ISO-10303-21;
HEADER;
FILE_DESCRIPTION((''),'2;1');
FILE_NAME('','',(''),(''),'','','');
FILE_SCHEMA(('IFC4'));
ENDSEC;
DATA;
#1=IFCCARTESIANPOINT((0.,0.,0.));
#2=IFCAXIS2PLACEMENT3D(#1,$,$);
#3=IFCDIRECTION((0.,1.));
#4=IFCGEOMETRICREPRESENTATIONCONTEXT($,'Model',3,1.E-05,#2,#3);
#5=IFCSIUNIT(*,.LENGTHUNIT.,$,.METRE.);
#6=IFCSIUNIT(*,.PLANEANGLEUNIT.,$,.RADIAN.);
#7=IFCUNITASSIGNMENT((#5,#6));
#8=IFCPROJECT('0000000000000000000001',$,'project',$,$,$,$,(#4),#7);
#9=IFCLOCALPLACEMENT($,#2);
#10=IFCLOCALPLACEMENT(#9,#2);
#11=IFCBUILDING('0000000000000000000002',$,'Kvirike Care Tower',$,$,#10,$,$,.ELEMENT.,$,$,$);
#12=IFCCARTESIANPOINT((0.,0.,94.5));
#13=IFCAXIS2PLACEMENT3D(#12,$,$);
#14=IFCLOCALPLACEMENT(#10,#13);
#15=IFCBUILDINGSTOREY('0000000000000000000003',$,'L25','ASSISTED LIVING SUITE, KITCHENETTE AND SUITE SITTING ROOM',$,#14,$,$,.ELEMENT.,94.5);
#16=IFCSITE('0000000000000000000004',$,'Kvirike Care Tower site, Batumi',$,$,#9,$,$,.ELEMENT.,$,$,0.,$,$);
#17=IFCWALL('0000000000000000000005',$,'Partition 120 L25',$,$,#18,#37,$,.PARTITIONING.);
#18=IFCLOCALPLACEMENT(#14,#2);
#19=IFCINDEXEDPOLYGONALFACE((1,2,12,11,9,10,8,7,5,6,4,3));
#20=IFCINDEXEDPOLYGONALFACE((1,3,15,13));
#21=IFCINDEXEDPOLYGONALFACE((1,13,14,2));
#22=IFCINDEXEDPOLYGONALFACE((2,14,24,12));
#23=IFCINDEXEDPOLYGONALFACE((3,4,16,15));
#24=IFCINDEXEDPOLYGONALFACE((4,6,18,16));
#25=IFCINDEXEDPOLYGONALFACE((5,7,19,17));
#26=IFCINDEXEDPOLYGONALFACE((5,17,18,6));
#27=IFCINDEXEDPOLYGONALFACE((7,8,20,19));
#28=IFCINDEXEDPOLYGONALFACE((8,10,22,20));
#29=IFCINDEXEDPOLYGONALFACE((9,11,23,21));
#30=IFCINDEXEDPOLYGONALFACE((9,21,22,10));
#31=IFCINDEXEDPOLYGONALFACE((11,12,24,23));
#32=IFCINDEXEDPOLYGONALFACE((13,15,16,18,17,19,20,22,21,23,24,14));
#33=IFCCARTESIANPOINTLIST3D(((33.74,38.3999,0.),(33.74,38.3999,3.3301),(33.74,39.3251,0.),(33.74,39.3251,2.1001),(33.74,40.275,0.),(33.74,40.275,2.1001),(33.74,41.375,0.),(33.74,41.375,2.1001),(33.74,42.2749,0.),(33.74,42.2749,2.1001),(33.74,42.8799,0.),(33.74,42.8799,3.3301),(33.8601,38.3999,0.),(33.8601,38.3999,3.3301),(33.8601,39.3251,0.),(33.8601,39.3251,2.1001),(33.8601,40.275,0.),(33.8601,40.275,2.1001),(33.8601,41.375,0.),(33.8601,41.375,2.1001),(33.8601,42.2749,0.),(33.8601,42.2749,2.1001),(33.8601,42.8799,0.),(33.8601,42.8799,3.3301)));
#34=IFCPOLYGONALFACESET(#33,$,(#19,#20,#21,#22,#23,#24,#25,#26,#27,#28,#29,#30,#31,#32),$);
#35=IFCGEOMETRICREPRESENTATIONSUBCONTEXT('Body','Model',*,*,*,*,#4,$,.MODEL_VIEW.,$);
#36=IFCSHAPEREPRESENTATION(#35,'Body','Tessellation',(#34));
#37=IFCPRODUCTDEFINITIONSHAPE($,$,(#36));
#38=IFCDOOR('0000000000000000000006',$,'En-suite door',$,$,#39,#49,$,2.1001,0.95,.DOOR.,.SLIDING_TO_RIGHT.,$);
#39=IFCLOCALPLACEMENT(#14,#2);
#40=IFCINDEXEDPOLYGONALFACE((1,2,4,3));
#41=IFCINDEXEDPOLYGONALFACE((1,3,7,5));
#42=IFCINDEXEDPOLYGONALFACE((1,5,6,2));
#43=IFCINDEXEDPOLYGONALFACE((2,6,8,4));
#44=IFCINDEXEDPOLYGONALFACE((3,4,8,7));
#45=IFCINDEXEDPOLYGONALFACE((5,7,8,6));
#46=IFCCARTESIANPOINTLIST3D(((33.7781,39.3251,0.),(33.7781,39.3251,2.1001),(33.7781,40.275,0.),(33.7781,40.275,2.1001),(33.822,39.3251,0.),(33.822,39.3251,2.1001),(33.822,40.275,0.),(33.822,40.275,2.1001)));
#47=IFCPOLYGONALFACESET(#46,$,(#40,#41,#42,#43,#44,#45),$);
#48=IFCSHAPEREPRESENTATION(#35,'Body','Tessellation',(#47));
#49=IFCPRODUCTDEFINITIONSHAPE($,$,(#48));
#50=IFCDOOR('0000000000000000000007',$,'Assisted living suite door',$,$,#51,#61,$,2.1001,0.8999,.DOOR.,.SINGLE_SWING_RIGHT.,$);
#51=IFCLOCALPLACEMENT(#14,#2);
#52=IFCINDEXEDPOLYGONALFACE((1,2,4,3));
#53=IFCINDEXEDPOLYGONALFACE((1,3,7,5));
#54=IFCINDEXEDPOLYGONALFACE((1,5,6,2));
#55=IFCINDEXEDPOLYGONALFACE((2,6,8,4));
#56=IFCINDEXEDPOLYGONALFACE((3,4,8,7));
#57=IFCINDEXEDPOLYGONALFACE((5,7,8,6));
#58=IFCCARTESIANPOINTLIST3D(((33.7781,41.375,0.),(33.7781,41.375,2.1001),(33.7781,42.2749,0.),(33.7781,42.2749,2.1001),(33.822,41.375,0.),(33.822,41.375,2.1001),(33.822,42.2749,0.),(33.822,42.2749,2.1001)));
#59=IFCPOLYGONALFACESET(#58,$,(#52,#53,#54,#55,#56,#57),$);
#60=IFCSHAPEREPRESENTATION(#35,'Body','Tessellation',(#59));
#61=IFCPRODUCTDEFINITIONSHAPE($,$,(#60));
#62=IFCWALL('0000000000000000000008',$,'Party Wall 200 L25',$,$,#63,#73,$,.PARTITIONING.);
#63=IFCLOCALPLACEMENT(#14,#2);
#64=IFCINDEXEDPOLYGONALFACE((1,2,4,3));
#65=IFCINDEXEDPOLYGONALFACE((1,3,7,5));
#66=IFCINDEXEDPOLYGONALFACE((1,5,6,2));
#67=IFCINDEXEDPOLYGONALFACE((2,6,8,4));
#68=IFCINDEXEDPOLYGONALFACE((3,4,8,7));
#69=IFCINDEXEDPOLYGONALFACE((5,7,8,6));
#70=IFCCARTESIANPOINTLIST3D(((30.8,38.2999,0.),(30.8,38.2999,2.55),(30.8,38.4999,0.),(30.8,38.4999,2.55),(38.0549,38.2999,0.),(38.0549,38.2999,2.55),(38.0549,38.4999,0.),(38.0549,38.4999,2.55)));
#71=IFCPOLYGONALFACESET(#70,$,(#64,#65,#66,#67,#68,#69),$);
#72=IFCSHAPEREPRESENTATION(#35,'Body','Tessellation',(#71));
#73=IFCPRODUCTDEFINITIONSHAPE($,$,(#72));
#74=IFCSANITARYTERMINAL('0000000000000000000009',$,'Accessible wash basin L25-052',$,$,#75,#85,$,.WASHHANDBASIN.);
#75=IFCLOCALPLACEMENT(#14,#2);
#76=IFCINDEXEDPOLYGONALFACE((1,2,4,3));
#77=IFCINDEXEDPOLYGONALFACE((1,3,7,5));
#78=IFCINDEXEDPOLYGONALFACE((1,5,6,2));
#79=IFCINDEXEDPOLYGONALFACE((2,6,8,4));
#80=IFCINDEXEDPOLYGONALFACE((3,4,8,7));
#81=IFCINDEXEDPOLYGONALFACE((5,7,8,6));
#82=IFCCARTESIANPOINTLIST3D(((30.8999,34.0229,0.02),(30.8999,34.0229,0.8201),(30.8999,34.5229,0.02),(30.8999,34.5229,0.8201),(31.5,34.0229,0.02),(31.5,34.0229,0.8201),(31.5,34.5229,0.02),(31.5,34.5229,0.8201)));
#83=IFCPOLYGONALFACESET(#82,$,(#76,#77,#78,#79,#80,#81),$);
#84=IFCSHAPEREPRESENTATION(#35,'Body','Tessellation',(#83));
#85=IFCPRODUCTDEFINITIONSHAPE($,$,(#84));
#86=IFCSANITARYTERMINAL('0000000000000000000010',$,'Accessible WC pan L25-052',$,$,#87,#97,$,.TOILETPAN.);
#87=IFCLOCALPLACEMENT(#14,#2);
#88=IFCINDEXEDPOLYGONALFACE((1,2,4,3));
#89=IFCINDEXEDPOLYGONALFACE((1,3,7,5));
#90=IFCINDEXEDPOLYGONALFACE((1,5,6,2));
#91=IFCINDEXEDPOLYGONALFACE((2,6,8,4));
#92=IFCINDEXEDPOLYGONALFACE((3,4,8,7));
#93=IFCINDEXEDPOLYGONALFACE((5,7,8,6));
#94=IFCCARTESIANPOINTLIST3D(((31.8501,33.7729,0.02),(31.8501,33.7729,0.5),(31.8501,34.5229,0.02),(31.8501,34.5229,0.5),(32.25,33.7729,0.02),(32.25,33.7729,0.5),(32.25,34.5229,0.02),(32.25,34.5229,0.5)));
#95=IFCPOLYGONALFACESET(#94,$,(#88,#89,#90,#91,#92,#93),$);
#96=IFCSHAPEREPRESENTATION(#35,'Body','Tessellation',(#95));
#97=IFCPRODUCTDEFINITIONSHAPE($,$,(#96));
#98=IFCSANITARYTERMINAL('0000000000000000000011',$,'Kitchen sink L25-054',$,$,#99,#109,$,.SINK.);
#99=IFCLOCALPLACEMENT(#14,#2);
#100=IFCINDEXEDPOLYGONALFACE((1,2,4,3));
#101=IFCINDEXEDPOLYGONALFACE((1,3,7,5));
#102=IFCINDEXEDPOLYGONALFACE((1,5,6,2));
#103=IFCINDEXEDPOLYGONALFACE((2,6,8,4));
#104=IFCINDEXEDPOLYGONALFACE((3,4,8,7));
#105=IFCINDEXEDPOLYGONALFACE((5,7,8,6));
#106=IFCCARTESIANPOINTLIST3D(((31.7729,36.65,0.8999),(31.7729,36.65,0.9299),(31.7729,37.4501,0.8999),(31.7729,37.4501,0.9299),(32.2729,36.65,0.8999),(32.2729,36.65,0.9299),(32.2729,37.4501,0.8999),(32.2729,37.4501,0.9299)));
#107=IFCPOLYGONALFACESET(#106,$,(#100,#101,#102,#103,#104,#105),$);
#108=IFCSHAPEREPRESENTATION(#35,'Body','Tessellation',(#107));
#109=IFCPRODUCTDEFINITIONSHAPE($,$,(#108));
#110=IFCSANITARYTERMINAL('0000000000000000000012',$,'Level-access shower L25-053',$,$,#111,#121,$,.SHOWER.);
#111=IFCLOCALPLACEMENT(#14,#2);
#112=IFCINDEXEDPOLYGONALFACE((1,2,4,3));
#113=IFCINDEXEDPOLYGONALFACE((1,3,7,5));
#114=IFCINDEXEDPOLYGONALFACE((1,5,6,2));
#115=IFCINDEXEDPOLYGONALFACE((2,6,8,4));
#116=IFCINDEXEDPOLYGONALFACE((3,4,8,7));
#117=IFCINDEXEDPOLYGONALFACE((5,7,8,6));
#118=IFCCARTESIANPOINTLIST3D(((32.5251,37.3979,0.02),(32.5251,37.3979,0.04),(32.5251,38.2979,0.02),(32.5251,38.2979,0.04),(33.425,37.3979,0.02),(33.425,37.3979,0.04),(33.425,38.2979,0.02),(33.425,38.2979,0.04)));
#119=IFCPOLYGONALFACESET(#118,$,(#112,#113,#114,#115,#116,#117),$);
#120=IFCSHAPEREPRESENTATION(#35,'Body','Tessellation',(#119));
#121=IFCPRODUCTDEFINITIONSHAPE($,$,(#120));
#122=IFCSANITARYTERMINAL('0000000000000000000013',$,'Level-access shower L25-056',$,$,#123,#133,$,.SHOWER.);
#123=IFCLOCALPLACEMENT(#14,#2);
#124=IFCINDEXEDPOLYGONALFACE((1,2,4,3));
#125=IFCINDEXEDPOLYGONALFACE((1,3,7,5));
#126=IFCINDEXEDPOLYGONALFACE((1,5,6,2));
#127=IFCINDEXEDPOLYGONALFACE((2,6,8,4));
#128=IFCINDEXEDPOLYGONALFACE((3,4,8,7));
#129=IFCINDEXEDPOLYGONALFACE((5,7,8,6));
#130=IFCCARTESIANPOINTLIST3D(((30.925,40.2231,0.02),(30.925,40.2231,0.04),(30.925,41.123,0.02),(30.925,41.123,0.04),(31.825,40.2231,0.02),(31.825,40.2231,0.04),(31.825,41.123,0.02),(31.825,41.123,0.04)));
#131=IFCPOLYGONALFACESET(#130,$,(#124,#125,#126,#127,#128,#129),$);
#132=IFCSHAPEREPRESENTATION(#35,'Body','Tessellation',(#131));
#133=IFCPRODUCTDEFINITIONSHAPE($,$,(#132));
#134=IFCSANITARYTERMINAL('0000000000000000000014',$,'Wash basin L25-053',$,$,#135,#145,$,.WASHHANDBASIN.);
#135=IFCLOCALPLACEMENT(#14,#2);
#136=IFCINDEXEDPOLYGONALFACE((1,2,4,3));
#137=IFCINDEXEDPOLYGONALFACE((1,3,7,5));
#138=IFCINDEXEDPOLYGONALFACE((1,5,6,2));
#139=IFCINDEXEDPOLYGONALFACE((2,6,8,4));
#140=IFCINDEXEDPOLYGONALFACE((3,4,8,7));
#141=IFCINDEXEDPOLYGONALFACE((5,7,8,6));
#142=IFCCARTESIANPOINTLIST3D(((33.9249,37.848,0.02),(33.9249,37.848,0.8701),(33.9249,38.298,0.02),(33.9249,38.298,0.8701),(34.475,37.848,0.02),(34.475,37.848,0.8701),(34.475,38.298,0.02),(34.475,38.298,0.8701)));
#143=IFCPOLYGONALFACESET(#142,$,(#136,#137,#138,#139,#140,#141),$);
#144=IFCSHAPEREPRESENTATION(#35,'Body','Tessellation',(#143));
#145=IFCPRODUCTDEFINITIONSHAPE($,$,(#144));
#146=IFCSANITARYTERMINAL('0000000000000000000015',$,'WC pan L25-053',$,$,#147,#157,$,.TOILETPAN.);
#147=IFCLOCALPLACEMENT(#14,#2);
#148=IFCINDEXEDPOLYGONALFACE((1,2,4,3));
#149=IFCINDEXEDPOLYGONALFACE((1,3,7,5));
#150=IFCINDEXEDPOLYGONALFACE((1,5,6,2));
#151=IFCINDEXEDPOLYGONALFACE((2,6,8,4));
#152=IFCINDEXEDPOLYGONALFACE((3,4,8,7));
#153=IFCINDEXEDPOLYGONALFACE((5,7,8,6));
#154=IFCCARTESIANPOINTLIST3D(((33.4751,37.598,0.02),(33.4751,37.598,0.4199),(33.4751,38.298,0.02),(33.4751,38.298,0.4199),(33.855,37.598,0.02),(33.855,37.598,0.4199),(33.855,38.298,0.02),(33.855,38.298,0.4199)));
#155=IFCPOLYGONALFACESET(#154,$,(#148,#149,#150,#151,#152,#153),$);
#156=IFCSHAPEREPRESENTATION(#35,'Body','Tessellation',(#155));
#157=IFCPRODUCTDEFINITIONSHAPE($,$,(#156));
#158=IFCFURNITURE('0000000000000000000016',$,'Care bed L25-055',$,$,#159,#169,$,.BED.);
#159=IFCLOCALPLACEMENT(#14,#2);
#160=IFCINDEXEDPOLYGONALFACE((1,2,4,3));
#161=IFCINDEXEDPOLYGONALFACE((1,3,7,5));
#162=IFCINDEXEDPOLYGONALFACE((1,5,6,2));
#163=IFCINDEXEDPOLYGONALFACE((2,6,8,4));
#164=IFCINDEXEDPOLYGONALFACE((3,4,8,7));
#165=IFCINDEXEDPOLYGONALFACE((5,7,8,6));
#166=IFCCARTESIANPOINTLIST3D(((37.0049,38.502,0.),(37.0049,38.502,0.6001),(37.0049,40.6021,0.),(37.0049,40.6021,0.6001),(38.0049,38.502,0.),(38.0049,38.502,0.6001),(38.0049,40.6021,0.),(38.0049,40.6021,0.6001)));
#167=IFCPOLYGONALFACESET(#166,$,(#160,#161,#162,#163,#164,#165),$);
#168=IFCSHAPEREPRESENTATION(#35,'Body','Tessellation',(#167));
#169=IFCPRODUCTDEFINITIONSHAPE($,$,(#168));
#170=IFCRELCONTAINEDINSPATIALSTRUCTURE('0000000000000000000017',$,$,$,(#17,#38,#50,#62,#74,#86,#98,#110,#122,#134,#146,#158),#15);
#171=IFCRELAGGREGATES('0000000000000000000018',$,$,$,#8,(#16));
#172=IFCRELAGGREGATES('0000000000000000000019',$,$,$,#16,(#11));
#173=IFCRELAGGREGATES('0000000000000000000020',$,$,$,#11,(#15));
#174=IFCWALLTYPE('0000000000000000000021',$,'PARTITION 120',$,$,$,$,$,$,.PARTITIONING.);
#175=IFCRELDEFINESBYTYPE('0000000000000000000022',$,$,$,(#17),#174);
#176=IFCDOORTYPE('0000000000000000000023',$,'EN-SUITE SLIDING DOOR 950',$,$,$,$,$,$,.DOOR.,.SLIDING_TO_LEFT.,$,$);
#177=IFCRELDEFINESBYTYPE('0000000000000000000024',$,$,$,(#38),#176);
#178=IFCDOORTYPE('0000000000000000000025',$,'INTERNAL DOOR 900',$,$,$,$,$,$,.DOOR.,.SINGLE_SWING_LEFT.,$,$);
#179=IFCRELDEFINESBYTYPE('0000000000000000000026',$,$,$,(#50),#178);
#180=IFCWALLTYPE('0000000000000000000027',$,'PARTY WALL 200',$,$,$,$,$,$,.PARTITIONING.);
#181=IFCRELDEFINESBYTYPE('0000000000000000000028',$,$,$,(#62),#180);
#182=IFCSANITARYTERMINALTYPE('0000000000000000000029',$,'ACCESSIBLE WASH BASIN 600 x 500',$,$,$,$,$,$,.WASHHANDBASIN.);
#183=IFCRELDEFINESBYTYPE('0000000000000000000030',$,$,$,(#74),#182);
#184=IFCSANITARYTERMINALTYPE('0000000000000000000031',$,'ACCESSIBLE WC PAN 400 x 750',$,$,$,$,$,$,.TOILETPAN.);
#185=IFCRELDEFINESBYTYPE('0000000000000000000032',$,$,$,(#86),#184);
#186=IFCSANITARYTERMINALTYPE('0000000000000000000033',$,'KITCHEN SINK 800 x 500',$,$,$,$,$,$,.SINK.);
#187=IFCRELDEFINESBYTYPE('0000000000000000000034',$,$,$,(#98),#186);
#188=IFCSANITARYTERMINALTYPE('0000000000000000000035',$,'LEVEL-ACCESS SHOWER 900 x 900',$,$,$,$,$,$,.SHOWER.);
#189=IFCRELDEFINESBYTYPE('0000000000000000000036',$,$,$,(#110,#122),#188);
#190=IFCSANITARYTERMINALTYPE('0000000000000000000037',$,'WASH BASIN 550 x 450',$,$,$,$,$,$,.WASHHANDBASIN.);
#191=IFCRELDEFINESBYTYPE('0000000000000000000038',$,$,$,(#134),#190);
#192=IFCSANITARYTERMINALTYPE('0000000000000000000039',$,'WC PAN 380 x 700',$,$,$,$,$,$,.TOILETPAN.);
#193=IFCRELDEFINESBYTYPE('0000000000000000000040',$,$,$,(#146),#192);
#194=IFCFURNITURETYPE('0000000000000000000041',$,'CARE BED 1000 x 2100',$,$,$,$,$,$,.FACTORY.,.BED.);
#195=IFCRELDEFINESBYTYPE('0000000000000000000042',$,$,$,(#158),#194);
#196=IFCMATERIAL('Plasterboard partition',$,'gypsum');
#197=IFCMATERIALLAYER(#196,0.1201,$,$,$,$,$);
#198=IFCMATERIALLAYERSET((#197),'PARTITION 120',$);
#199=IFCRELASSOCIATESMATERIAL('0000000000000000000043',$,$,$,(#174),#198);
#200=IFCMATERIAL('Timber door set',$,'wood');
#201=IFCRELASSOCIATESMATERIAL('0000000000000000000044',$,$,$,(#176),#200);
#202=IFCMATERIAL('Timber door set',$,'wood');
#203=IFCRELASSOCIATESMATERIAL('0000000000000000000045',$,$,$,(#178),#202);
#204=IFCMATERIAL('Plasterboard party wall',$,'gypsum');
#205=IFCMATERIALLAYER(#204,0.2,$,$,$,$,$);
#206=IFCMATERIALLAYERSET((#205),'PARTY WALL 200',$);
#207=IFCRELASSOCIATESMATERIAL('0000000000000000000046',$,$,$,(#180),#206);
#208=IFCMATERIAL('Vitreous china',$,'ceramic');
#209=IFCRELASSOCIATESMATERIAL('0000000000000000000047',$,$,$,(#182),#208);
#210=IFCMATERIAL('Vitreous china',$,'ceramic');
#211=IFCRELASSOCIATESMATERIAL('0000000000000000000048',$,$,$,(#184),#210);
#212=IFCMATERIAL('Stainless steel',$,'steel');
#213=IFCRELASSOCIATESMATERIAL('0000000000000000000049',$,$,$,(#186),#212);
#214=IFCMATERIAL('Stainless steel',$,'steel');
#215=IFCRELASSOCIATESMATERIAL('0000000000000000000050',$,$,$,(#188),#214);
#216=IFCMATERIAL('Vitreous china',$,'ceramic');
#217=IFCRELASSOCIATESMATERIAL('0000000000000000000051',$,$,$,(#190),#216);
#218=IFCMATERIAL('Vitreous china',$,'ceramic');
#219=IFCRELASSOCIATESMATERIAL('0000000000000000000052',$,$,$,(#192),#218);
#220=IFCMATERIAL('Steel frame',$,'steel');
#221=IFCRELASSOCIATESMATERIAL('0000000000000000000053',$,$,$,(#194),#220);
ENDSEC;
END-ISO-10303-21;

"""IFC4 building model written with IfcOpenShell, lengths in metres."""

from ifc_helpers import new_model, si_unit, direction, frame, frame_2d, origin, origin_2d, place, context, subcontext, project, spatial, rectangle, extrude, material, layer, layer_set, type_object, element, fill, save


model = new_model("IFC4")

# Units and contexts
model_context = context("Model", 3, precision=1e-05, world=origin(), true_north=direction((0.0, 1.0)))
body_context = subcontext(model_context, "Body", "Model", "MODEL_VIEW")
ifc_project = project(units=[si_unit("LENGTHUNIT", "METRE"), si_unit("PLANEANGLEUNIT", "RADIAN")], contexts=[model_context])

# Site, building, storey
site_placement = place(None, origin())
site = spatial("IfcSite", under=ifc_project, at=site_placement, Name="Kvirike Care Tower site, Batumi", CompositionType="ELEMENT", RefElevation=0.0)
building_placement = place(site_placement, origin())
building = spatial("IfcBuilding", under=site, at=building_placement, Name="Kvirike Care Tower", CompositionType="ELEMENT")
storey_placement = place(building_placement, frame((0.0, 0.0, 94.5)))
storey = spatial("IfcBuildingStorey", under=building, at=storey_placement, Name="L25", Description="ASSISTED LIVING SUITE, KITCHENETTE AND SUITE SITTING ROOM", CompositionType="ELEMENT", Elevation=94.5)

# Wall, openings, doors
ifc_material_1 = material(Name="Plasterboard partition", Category="gypsum")
ifc_layer_1 = layer(ifc_material_1, 0.1201)
ifc_layer_set_1 = layer_set([ifc_layer_1], Name="PARTITION 120")
wall_type_1 = type_object("IfcWallType", Name="PARTITION 120", PredefinedType="PARTITIONING", material=ifc_layer_set_1)
ifc_material_2 = material(Name="Timber door set", Category="wood")
door_type_1 = type_object("IfcDoorType", Name="EN-SUITE SLIDING DOOR 950", OperationType="SLIDING_TO_LEFT", PredefinedType="DOOR", material=ifc_material_2)
ifc_material_3 = material(Name="Timber door set", Category="wood")
door_type_2 = type_object("IfcDoorType", Name="INTERNAL DOOR 900", OperationType="SINGLE_SWING_LEFT", PredefinedType="DOOR", material=ifc_material_3)
wall_1_placement = place(storey_placement, frame((33.8, 38.3999, 0.0), z_axis=(0.0, 0.0, 1.0), x_axis=(0.0, 1.0, 0.0)))
wall_1 = element("IfcWall", 1, at=wall_1_placement, inside=storey, type_object=wall_type_1, Name="Partition 120 L25", PredefinedType="PARTITIONING", context=body_context, shape_type="SweptSolid", body=[
    extrude(rectangle(XDim=4.48, YDim=0.1201, at=frame_2d((2.24, 0.0))), origin(), (0.0, 0.0, 1.0), 3.3301),
])
opening_1_placement = place(wall_1_placement, frame((2.9751, 0.0, 0.0)))
opening_1 = element("IfcOpeningElement", 2, at=opening_1_placement, cuts=wall_1, PredefinedType="OPENING", context=body_context, shape_type="SweptSolid", body=[
    extrude(rectangle(XDim=0.8999, YDim=2.1001, at=frame_2d((0.45, 1.05))), frame((0.0, 0.0706, 0.0), z_axis=(0.0, -1.0, 0.0), x_axis=(1.0, 0.0, 0.0)), (0.0, 0.0, 1.0), 0.1411),
])
opening_2_placement = place(wall_1_placement, frame((0.925, 0.0, 0.0)))
opening_2 = element("IfcOpeningElement", 3, at=opening_2_placement, cuts=wall_1, PredefinedType="OPENING", context=body_context, shape_type="SweptSolid", body=[
    extrude(rectangle(XDim=0.95, YDim=2.1001, at=frame_2d((0.4751, 1.05))), frame((0.0, 0.0706, 0.0), z_axis=(0.0, -1.0, 0.0), x_axis=(1.0, 0.0, 0.0)), (0.0, 0.0, 1.0), 0.1411),
])
door_1_placement = place(opening_2_placement, origin())
door_1 = element("IfcDoor", 4, at=door_1_placement, inside=storey, type_object=door_type_1, Name="En-suite door", OperationType="SLIDING_TO_RIGHT", OverallHeight=2.1001, OverallWidth=0.95, PredefinedType="DOOR", context=body_context, shape_type="SweptSolid", body=[
    extrude(rectangle(XDim=0.95, YDim=2.1001, at=frame_2d((0.4751, 1.05))), frame((0.0, 0.022, 0.0), z_axis=(0.0, -1.0, 0.0), x_axis=(1.0, 0.0, 0.0)), (0.0, 0.0, 1.0), 0.0439),
])
fill(opening_2, door_1)
door_2_placement = place(opening_1_placement, origin())
door_2 = element("IfcDoor", 5, at=door_2_placement, inside=storey, type_object=door_type_2, Name="Assisted living suite door", OperationType="SINGLE_SWING_RIGHT", OverallHeight=2.1001, OverallWidth=0.8999, PredefinedType="DOOR", context=body_context, shape_type="SweptSolid", body=[
    extrude(rectangle(XDim=0.8999, YDim=2.1001, at=frame_2d((0.45, 1.05))), frame((0.0, 0.022, 0.0), z_axis=(0.0, -1.0, 0.0), x_axis=(1.0, 0.0, 0.0)), (0.0, 0.0, 1.0), 0.0439),
])
fill(opening_1, door_2)

# Wall
ifc_material_4 = material(Name="Plasterboard party wall", Category="gypsum")
ifc_layer_2 = layer(ifc_material_4, 0.2)
ifc_layer_set_2 = layer_set([ifc_layer_2], Name="PARTY WALL 200")
wall_type_2 = type_object("IfcWallType", Name="PARTY WALL 200", PredefinedType="PARTITIONING", material=ifc_layer_set_2)
wall_2_placement = place(storey_placement, frame((38.0549, 38.3999, 0.0), z_axis=(0.0, 0.0, 1.0), x_axis=(-1.0, 0.0, 0.0)))
element("IfcWall", 6, at=wall_2_placement, inside=storey, type_object=wall_type_2, Name="Party Wall 200 L25", PredefinedType="PARTITIONING", context=body_context, shape_type="SweptSolid", body=[
    extrude(rectangle(XDim=7.2549, YDim=0.2, at=frame_2d((3.6274, 0.0))), origin(), (0.0, 0.0, 1.0), 2.55),
])

# Sanitary terminals
ifc_material_5 = material(Name="Vitreous china", Category="ceramic")
sanitary_terminal_type_1 = type_object("IfcSanitaryTerminalType", Name="ACCESSIBLE WASH BASIN 600 x 500", PredefinedType="WASHHANDBASIN", material=ifc_material_5)
sanitary_terminal_1_placement = place(storey_placement, frame((31.2, 34.2729, 0.02), z_axis=(0.0, 0.0, 1.0), x_axis=(1.0, 0.0, 0.0)))
element("IfcSanitaryTerminal", 7, at=sanitary_terminal_1_placement, inside=storey, type_object=sanitary_terminal_type_1, Name="Accessible wash basin L25-052", PredefinedType="WASHHANDBASIN", context=body_context, shape_type="SweptSolid", body=[
    extrude(rectangle(XDim=0.6001, YDim=0.5, at=origin_2d()), origin(), (0.0, 0.0, 1.0), 0.8),
])
ifc_material_6 = material(Name="Vitreous china", Category="ceramic")
sanitary_terminal_type_2 = type_object("IfcSanitaryTerminalType", Name="ACCESSIBLE WC PAN 400 x 750", PredefinedType="TOILETPAN", material=ifc_material_6)
sanitary_terminal_2_placement = place(storey_placement, frame((32.05, 34.1479, 0.02), z_axis=(0.0, 0.0, 1.0), x_axis=(1.0, 0.0, 0.0)))
element("IfcSanitaryTerminal", 8, at=sanitary_terminal_2_placement, inside=storey, type_object=sanitary_terminal_type_2, Name="Accessible WC pan L25-052", PredefinedType="TOILETPAN", context=body_context, shape_type="SweptSolid", body=[
    extrude(rectangle(XDim=0.3999, YDim=0.75, at=origin_2d()), origin(), (0.0, 0.0, 1.0), 0.48),
])
ifc_material_7 = material(Name="Stainless steel", Category="steel")
sanitary_terminal_type_3 = type_object("IfcSanitaryTerminalType", Name="KITCHEN SINK 800 x 500", PredefinedType="SINK", material=ifc_material_7)
sanitary_terminal_3_placement = place(storey_placement, frame((32.0229, 37.05, 0.8999), z_axis=(0.0, 0.0, 1.0), x_axis=(0.0, -1.0, 0.0)))
element("IfcSanitaryTerminal", 9, at=sanitary_terminal_3_placement, inside=storey, type_object=sanitary_terminal_type_3, Name="Kitchen sink L25-054", PredefinedType="SINK", context=body_context, shape_type="SweptSolid", body=[
    extrude(rectangle(XDim=0.8, YDim=0.5, at=origin_2d()), origin(), (0.0, 0.0, 1.0), 0.03),
])
ifc_material_8 = material(Name="Stainless steel", Category="steel")
sanitary_terminal_type_4 = type_object("IfcSanitaryTerminalType", Name="LEVEL-ACCESS SHOWER 900 x 900", PredefinedType="SHOWER", material=ifc_material_8)
for number, where, z_axis, x_axis, name in (
    (10, (32.9751, 37.8479, 0.02), (0.0, 0.0, 1.0), (1.0, 0.0, 0.0), "Level-access shower L25-053"),
    (11, (31.375, 40.6731, 0.02), (0.0, 0.0, 1.0), (1.0, 0.0, 0.0), "Level-access shower L25-056"),
):
    element("IfcSanitaryTerminal", number, at=place(storey_placement, frame(where, z_axis=z_axis, x_axis=x_axis)), inside=storey, type_object=sanitary_terminal_type_4, Name=name, PredefinedType="SHOWER", context=body_context, shape_type="SweptSolid", body=[
        extrude(rectangle(XDim=0.8999, YDim=0.8999, at=origin_2d()), origin(), (0.0, 0.0, 1.0), 0.02),
    ])
ifc_material_9 = material(Name="Vitreous china", Category="ceramic")
sanitary_terminal_type_5 = type_object("IfcSanitaryTerminalType", Name="WASH BASIN 550 x 450", PredefinedType="WASHHANDBASIN", material=ifc_material_9)
sanitary_terminal_4_placement = place(storey_placement, frame((34.2, 38.073, 0.02), z_axis=(0.0, 0.0, 1.0), x_axis=(1.0, 0.0, 0.0)))
element("IfcSanitaryTerminal", 12, at=sanitary_terminal_4_placement, inside=storey, type_object=sanitary_terminal_type_5, Name="Wash basin L25-053", PredefinedType="WASHHANDBASIN", context=body_context, shape_type="SweptSolid", body=[
    extrude(rectangle(XDim=0.55, YDim=0.45, at=origin_2d()), origin(), (0.0, 0.0, 1.0), 0.8501),
])
ifc_material_10 = material(Name="Vitreous china", Category="ceramic")
sanitary_terminal_type_6 = type_object("IfcSanitaryTerminalType", Name="WC PAN 380 x 700", PredefinedType="TOILETPAN", material=ifc_material_10)
sanitary_terminal_5_placement = place(storey_placement, frame((33.665, 37.948, 0.02), z_axis=(0.0, 0.0, 1.0), x_axis=(1.0, 0.0, 0.0)))
element("IfcSanitaryTerminal", 13, at=sanitary_terminal_5_placement, inside=storey, type_object=sanitary_terminal_type_6, Name="WC pan L25-053", PredefinedType="TOILETPAN", context=body_context, shape_type="SweptSolid", body=[
    extrude(rectangle(XDim=0.3799, YDim=0.7, at=origin_2d()), origin(), (0.0, 0.0, 1.0), 0.3999),
])

# Furniture
ifc_material_11 = material(Name="Steel frame", Category="steel")
furniture_type_1 = type_object("IfcFurnitureType", Name="CARE BED 1000 x 2100", AssemblyPlace="FACTORY", PredefinedType="BED", material=ifc_material_11)
furniture_1_placement = place(storey_placement, frame((37.5049, 39.552, 0.0), z_axis=(0.0, 0.0, 1.0), x_axis=(-1.0, 0.0, 0.0)))
element("IfcFurniture", 14, at=furniture_1_placement, inside=storey, type_object=furniture_type_1, Name="Care bed L25-055", PredefinedType="BED", context=body_context, shape_type="SweptSolid", body=[
    extrude(rectangle(XDim=1.0, YDim=2.1001, at=origin_2d()), origin(), (0.0, 0.0, 1.0), 0.6001),
])

save(model, "model.ifc")
